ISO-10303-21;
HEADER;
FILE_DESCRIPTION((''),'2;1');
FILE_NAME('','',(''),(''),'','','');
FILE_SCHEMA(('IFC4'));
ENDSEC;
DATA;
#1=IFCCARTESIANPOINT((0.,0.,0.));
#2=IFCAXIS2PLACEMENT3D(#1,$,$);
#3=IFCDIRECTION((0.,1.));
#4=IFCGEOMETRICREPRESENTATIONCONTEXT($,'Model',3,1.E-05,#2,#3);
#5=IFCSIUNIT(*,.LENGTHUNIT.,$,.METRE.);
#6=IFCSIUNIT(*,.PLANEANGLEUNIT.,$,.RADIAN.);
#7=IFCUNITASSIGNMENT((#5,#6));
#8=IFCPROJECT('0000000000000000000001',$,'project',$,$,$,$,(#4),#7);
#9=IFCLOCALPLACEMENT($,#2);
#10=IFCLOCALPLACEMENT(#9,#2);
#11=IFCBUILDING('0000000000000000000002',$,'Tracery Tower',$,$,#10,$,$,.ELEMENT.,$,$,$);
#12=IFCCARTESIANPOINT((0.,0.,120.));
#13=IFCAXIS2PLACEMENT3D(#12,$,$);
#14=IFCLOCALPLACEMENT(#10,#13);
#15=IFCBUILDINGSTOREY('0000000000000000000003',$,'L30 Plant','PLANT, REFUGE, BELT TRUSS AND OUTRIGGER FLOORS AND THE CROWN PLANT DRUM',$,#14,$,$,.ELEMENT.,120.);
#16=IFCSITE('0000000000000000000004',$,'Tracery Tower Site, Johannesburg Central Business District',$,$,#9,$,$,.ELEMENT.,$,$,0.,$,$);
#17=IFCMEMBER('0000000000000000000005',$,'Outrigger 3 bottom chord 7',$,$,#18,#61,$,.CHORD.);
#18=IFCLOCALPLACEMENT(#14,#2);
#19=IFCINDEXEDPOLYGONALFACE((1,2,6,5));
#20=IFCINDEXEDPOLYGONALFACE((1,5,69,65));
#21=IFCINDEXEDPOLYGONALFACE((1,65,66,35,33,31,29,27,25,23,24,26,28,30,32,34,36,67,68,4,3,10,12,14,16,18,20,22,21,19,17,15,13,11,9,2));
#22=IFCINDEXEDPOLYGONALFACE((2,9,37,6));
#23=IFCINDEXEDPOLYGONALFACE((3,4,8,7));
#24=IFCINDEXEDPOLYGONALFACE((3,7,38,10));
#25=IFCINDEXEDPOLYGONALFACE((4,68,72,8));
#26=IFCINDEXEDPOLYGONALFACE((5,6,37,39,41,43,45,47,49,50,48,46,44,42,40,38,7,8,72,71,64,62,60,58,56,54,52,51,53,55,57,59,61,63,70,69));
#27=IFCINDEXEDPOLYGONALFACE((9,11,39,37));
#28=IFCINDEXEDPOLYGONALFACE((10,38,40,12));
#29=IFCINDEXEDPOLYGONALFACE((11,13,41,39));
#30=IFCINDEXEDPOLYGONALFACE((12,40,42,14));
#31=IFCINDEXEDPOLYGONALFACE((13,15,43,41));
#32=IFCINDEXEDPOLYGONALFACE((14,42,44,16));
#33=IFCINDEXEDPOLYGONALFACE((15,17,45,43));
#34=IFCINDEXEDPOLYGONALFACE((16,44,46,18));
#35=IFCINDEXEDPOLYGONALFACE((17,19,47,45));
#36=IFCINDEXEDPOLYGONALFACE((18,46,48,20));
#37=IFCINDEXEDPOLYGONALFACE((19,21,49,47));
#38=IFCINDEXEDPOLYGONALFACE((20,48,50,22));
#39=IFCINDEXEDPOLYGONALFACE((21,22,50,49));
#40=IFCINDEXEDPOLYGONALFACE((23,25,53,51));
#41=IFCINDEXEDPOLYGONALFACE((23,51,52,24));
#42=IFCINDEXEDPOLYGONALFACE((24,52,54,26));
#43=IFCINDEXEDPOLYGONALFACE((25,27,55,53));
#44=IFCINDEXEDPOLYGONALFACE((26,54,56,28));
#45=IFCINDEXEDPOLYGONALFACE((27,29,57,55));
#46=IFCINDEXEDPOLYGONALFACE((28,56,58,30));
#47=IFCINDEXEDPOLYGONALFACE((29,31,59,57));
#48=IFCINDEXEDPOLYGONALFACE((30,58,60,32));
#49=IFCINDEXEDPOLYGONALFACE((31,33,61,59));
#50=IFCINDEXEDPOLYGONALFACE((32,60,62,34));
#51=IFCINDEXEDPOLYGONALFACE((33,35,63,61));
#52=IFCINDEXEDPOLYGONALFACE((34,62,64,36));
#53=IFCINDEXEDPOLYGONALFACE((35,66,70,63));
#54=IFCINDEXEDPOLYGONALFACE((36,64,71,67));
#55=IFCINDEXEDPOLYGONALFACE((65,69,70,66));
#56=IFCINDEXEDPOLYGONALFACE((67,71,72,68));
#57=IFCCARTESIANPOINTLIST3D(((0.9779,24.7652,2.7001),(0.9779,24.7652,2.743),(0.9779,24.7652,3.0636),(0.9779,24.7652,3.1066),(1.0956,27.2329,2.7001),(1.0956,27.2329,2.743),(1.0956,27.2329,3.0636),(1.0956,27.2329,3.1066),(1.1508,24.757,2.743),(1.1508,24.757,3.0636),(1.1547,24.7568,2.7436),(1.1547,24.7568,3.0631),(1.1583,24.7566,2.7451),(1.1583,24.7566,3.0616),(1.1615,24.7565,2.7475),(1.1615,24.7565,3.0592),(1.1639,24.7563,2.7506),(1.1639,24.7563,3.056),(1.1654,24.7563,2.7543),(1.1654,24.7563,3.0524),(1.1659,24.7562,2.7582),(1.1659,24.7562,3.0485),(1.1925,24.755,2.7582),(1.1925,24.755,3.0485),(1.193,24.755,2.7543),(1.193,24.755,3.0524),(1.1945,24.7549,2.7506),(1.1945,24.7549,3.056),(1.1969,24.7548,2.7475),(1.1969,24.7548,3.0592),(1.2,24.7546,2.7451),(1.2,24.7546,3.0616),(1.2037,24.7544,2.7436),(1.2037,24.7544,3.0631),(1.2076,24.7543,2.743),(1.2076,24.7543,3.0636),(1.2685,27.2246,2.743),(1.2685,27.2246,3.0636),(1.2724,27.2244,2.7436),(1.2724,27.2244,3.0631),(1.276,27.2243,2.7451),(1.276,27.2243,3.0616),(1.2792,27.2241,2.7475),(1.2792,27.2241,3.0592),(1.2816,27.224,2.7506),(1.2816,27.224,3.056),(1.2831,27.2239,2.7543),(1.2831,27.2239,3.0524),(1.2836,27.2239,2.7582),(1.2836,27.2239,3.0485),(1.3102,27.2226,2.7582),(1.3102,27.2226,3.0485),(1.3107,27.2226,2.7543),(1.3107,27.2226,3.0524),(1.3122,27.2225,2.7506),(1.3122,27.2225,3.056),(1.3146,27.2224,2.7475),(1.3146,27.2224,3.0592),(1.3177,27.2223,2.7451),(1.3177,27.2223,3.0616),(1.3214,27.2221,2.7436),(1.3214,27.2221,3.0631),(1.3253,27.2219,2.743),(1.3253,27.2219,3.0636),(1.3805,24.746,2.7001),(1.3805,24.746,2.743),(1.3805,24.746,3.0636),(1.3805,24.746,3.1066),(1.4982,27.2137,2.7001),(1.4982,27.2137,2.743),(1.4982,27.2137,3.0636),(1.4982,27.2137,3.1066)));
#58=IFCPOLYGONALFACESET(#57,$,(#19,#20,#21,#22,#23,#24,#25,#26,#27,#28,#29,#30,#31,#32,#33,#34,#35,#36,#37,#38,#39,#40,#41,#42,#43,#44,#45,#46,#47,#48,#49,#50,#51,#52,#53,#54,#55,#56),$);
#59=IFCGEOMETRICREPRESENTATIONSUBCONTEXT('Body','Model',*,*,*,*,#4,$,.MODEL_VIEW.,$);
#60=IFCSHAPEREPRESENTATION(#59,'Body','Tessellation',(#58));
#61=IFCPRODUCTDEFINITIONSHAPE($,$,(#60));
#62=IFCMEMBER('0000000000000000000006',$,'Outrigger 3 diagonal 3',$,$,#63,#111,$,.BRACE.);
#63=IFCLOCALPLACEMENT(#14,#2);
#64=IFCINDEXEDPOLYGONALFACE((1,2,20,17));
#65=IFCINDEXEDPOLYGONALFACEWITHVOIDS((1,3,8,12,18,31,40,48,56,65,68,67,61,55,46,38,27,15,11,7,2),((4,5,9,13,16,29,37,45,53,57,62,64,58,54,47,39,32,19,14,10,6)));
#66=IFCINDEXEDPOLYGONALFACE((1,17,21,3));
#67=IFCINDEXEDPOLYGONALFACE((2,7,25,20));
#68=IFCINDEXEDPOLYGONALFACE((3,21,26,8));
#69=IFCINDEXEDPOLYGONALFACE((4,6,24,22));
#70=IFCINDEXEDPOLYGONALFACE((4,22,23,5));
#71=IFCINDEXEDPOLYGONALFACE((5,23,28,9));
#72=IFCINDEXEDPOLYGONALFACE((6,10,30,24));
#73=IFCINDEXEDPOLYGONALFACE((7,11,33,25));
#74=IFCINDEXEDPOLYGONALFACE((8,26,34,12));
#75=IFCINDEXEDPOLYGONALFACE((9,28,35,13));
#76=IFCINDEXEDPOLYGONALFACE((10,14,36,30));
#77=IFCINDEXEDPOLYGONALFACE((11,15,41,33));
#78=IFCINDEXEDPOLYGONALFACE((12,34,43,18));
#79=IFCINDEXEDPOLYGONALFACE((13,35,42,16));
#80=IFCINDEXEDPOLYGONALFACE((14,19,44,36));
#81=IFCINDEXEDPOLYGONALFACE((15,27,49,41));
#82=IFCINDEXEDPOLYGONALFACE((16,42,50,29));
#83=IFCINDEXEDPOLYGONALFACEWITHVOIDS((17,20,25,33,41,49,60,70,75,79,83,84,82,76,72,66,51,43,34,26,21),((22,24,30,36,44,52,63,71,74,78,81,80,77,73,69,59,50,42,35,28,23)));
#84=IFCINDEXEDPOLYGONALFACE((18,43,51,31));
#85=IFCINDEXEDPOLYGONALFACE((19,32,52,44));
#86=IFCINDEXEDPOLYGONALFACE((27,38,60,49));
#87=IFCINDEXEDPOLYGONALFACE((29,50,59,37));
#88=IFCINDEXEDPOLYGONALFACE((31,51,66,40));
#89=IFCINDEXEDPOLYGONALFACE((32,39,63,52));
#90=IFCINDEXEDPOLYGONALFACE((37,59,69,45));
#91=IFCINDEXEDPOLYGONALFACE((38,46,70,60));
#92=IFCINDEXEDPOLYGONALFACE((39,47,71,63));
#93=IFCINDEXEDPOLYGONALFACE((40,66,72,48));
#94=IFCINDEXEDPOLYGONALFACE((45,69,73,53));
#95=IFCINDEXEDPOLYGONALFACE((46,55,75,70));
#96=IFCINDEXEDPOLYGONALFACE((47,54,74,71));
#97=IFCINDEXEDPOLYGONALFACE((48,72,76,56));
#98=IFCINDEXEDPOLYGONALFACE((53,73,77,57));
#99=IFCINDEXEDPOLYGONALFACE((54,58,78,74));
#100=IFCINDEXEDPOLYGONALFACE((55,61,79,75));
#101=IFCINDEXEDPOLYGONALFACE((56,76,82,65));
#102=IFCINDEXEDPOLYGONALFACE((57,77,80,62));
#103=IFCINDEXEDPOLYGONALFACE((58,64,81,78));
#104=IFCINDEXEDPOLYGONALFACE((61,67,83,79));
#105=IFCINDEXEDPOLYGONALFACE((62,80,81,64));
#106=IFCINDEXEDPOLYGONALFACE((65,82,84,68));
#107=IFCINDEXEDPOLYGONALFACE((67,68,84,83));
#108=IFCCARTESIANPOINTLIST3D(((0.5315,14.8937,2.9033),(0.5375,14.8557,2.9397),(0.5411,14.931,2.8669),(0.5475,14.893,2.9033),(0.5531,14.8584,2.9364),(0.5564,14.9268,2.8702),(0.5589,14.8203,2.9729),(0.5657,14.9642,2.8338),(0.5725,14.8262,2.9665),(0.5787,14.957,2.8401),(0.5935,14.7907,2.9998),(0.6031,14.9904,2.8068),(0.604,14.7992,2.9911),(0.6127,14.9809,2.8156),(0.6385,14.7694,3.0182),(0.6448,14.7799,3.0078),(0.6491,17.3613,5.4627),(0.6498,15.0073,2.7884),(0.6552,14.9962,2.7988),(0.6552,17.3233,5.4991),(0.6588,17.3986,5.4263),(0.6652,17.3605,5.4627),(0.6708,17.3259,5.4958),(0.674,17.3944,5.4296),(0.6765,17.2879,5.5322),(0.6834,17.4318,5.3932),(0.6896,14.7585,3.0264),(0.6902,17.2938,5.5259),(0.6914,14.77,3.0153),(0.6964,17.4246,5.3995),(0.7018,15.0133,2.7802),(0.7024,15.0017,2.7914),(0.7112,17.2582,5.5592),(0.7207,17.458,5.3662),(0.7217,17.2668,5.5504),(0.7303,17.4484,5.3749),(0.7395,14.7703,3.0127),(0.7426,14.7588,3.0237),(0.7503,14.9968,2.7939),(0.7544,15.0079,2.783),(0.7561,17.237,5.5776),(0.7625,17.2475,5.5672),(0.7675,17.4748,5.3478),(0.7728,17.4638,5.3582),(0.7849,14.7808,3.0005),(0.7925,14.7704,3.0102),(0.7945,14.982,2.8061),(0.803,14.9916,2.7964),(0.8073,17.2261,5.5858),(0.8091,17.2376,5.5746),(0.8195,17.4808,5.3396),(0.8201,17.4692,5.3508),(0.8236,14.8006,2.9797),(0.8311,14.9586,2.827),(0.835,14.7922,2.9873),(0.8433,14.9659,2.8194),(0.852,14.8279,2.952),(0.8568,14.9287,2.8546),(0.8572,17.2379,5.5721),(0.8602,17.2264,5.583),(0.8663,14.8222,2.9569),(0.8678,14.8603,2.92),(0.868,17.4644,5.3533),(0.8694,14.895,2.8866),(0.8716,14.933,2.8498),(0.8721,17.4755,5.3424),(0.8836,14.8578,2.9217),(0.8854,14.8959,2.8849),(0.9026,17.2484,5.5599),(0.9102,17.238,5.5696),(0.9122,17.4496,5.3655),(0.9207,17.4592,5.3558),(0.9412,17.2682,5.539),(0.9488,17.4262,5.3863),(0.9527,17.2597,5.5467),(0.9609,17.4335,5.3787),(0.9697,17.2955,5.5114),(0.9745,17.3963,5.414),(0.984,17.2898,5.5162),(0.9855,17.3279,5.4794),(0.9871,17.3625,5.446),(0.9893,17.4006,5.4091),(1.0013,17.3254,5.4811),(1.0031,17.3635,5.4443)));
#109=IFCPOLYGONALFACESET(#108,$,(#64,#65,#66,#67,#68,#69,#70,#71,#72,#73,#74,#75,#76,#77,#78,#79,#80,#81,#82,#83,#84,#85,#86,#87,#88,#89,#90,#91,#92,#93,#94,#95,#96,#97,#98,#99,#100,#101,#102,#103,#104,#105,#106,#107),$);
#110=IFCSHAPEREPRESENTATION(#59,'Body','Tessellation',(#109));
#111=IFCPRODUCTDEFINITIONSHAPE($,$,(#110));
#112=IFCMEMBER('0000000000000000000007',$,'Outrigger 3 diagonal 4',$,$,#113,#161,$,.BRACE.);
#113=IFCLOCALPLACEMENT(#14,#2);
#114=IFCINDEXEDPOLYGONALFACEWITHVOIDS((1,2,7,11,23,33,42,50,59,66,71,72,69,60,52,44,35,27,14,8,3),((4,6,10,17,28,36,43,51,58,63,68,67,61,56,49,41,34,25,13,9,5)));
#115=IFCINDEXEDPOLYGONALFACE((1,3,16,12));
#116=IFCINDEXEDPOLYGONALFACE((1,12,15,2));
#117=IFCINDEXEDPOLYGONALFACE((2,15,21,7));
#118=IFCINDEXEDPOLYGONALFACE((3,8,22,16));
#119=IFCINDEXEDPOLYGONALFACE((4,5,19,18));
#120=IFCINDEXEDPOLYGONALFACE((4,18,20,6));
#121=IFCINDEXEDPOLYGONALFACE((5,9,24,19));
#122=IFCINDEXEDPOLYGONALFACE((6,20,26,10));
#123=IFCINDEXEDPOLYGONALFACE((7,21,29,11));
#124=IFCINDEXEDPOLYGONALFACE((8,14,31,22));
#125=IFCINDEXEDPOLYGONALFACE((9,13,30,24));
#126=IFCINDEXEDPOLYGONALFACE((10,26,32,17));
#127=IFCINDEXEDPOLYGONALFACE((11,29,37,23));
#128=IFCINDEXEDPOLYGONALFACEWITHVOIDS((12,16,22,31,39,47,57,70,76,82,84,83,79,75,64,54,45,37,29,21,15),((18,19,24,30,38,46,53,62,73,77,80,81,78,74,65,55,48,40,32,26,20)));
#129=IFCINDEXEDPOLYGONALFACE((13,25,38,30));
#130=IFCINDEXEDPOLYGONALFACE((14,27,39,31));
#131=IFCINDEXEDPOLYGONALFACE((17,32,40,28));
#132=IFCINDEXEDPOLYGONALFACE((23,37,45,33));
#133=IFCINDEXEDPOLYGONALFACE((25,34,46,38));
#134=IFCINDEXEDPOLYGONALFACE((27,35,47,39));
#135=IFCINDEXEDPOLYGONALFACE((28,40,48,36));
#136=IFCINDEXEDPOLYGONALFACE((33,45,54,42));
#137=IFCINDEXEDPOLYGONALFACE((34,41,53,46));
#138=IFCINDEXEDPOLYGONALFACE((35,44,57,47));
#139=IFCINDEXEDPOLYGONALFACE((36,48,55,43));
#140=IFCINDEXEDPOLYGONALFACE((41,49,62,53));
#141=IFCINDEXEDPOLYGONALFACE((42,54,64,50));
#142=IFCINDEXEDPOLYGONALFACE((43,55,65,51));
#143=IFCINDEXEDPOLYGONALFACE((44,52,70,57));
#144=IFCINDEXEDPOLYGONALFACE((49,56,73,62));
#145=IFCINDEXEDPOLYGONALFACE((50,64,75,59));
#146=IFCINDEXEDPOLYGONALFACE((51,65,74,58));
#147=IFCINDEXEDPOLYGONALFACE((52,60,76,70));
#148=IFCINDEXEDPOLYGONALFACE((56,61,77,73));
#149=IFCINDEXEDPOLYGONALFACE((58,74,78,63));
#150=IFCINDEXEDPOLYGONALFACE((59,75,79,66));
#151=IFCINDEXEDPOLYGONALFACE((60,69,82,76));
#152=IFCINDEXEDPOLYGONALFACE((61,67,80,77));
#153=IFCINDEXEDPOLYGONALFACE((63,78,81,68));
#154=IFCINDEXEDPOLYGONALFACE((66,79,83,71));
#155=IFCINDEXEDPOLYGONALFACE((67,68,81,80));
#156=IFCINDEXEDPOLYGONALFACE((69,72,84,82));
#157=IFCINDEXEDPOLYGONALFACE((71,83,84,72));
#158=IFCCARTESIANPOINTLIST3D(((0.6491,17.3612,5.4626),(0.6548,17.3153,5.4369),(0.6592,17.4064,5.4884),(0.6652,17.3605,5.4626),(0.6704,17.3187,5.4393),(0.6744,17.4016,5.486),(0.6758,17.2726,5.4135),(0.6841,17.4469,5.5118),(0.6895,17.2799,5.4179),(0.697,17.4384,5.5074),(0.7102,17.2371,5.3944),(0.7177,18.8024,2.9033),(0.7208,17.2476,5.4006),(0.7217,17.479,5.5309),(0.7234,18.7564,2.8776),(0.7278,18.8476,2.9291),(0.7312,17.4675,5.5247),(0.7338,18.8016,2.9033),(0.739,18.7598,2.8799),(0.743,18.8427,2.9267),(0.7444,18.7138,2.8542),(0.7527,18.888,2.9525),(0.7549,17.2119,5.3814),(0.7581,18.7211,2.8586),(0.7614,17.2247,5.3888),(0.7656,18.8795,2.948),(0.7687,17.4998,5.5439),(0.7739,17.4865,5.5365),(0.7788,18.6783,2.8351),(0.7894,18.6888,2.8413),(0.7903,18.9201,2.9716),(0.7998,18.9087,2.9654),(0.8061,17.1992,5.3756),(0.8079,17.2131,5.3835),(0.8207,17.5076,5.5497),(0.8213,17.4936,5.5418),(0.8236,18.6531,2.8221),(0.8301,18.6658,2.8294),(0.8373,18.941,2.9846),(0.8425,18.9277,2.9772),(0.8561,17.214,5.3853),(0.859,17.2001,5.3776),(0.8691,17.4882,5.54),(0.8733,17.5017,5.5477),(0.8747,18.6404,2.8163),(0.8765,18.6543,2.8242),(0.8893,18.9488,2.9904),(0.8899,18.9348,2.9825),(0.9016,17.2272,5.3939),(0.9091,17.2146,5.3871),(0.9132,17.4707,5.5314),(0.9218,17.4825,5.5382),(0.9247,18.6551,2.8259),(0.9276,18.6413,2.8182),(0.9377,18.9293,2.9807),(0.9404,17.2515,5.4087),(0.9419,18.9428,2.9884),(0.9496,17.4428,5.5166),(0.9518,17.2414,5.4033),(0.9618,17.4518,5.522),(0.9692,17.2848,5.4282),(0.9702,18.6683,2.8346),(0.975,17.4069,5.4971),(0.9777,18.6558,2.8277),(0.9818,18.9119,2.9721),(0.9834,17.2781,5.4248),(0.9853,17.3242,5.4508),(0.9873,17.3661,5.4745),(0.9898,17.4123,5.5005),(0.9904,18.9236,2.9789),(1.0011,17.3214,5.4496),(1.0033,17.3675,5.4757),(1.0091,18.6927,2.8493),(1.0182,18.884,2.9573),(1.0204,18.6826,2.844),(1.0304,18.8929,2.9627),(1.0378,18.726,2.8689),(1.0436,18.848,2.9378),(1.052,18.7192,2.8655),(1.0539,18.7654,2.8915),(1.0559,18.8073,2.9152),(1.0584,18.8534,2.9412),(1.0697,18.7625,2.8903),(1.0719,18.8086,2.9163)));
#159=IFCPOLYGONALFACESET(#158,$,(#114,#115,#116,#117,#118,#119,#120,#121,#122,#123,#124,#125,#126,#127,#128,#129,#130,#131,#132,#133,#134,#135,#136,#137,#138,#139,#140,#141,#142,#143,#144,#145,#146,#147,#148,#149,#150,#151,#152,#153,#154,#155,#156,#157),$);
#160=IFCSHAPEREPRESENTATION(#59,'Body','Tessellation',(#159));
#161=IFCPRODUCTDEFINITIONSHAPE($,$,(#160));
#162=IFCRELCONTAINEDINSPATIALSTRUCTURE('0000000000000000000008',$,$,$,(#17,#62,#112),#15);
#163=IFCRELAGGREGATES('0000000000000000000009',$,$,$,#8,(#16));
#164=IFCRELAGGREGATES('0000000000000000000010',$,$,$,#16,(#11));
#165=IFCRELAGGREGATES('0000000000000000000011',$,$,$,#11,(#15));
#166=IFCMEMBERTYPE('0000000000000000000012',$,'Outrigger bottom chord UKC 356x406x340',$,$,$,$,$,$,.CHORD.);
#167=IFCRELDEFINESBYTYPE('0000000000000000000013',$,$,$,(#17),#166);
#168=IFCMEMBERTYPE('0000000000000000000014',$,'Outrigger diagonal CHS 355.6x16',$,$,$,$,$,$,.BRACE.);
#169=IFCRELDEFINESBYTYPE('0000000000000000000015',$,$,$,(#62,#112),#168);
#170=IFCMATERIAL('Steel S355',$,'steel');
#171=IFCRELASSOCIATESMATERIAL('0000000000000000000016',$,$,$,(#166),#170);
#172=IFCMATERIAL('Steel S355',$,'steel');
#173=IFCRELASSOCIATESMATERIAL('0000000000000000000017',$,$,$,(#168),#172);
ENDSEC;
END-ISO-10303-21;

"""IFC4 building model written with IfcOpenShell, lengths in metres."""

from ifc_helpers import new_model, si_unit, direction, frame, origin, origin_2d, place, context, subcontext, project, spatial, hollow_circle, i_section, extrude, material, material_profile, profile_set, type_object, element, save


model = new_model("IFC4")

# Units and contexts
model_context = context("Model", 3, precision=1e-05, world=origin(), true_north=direction((0.0, 1.0)))
body_context = subcontext(model_context, "Body", "Model", "MODEL_VIEW")
ifc_project = project(units=[si_unit("LENGTHUNIT", "METRE"), si_unit("PLANEANGLEUNIT", "RADIAN")], contexts=[model_context])

# Site, building, storey
site_placement = place(None, origin())
site = spatial("IfcSite", under=ifc_project, at=site_placement, Name="Tracery Tower Site, Johannesburg Central Business District", CompositionType="ELEMENT", RefElevation=0.0)
building_placement = place(site_placement, origin())
building = spatial("IfcBuilding", under=site, at=building_placement, Name="Tracery Tower", CompositionType="ELEMENT")
storey_placement = place(building_placement, frame((0.0, 0.0, 120.0)))
storey = spatial("IfcBuildingStorey", under=building, at=storey_placement, Name="L30 Plant", Description="PLANT, REFUGE, BELT TRUSS AND OUTRIGGER FLOORS AND THE CROWN PLANT DRUM", CompositionType="ELEMENT", Elevation=120.0)

# Members
ifc_material_1 = material(Name="Steel S355", Category="steel")
ifc_material_profile_1 = material_profile(ifc_material_1, i_section(OverallWidth=0.4031, OverallDepth=0.4065, WebThickness=0.0266, FlangeThickness=0.043, FilletRadius=0.0151, at=origin_2d()), Name="UKC 356x406x340")
ifc_profile_set_1 = profile_set([ifc_material_profile_1], Name="Steel S355")
member_type_1 = type_object("IfcMemberType", Name="Outrigger bottom chord UKC 356x406x340", PredefinedType="CHORD", material=ifc_profile_set_1)
member_1_placement = place(storey_placement, frame((1.1792, 24.7556, 2.9033), z_axis=(0.047631, 0.998865, 0.0), x_axis=(-0.998865, 0.047631, 0.0)))
element("IfcMember", 1, at=member_1_placement, inside=storey, type_object=member_type_1, Name="Outrigger 3 bottom chord 7", PredefinedType="CHORD", context=body_context, shape_type="SweptSolid", body=[
    extrude(i_section(OverallWidth=0.4031, OverallDepth=0.4065, WebThickness=0.0266, FlangeThickness=0.043, FilletRadius=0.0151, at=origin_2d()), origin(), (0.0, 0.0, 1.0), 2.4705),
])
ifc_material_2 = material(Name="Steel S355", Category="steel")
ifc_material_profile_2 = material_profile(ifc_material_2, hollow_circle(Radius=0.1777, WallThickness=0.0161, at=origin_2d()), Name="CHS 355.6x16")
ifc_profile_set_2 = profile_set([ifc_material_profile_2], Name="Steel S355")
member_type_2 = type_object("IfcMemberType", Name="Outrigger diagonal CHS 355.6x16", PredefinedType="BRACE", material=ifc_profile_set_2)
member_2_placement = place(storey_placement, frame((0.709, 14.8853, 2.9033), z_axis=(0.033082, 0.693698, 0.719505), x_axis=(-0.998865, 0.047636, 0.0)))
element("IfcMember", 2, at=member_2_placement, inside=storey, type_object=member_type_2, Name="Outrigger 3 diagonal 3", PredefinedType="BRACE", context=body_context, shape_type="SweptSolid", body=[
    extrude(hollow_circle(Radius=0.1777, WallThickness=0.0161, at=origin_2d()), origin(), (0.0, 0.0, 1.0), 3.5571),
])
member_3_placement = place(storey_placement, frame((0.8267, 17.3528, 5.4626), z_axis=(0.02335, 0.490526, -0.871114), x_axis=(-0.998869, 0.047549, 0.0)))
element("IfcMember", 3, at=member_3_placement, inside=storey, type_object=member_type_2, Name="Outrigger 3 diagonal 4", PredefinedType="BRACE", context=body_context, shape_type="SweptSolid", body=[
    extrude(hollow_circle(Radius=0.1777, WallThickness=0.0161, at=origin_2d()), origin(), (0.0, 0.0, 1.0), 2.938),
])

save(model, "model.ifc")
